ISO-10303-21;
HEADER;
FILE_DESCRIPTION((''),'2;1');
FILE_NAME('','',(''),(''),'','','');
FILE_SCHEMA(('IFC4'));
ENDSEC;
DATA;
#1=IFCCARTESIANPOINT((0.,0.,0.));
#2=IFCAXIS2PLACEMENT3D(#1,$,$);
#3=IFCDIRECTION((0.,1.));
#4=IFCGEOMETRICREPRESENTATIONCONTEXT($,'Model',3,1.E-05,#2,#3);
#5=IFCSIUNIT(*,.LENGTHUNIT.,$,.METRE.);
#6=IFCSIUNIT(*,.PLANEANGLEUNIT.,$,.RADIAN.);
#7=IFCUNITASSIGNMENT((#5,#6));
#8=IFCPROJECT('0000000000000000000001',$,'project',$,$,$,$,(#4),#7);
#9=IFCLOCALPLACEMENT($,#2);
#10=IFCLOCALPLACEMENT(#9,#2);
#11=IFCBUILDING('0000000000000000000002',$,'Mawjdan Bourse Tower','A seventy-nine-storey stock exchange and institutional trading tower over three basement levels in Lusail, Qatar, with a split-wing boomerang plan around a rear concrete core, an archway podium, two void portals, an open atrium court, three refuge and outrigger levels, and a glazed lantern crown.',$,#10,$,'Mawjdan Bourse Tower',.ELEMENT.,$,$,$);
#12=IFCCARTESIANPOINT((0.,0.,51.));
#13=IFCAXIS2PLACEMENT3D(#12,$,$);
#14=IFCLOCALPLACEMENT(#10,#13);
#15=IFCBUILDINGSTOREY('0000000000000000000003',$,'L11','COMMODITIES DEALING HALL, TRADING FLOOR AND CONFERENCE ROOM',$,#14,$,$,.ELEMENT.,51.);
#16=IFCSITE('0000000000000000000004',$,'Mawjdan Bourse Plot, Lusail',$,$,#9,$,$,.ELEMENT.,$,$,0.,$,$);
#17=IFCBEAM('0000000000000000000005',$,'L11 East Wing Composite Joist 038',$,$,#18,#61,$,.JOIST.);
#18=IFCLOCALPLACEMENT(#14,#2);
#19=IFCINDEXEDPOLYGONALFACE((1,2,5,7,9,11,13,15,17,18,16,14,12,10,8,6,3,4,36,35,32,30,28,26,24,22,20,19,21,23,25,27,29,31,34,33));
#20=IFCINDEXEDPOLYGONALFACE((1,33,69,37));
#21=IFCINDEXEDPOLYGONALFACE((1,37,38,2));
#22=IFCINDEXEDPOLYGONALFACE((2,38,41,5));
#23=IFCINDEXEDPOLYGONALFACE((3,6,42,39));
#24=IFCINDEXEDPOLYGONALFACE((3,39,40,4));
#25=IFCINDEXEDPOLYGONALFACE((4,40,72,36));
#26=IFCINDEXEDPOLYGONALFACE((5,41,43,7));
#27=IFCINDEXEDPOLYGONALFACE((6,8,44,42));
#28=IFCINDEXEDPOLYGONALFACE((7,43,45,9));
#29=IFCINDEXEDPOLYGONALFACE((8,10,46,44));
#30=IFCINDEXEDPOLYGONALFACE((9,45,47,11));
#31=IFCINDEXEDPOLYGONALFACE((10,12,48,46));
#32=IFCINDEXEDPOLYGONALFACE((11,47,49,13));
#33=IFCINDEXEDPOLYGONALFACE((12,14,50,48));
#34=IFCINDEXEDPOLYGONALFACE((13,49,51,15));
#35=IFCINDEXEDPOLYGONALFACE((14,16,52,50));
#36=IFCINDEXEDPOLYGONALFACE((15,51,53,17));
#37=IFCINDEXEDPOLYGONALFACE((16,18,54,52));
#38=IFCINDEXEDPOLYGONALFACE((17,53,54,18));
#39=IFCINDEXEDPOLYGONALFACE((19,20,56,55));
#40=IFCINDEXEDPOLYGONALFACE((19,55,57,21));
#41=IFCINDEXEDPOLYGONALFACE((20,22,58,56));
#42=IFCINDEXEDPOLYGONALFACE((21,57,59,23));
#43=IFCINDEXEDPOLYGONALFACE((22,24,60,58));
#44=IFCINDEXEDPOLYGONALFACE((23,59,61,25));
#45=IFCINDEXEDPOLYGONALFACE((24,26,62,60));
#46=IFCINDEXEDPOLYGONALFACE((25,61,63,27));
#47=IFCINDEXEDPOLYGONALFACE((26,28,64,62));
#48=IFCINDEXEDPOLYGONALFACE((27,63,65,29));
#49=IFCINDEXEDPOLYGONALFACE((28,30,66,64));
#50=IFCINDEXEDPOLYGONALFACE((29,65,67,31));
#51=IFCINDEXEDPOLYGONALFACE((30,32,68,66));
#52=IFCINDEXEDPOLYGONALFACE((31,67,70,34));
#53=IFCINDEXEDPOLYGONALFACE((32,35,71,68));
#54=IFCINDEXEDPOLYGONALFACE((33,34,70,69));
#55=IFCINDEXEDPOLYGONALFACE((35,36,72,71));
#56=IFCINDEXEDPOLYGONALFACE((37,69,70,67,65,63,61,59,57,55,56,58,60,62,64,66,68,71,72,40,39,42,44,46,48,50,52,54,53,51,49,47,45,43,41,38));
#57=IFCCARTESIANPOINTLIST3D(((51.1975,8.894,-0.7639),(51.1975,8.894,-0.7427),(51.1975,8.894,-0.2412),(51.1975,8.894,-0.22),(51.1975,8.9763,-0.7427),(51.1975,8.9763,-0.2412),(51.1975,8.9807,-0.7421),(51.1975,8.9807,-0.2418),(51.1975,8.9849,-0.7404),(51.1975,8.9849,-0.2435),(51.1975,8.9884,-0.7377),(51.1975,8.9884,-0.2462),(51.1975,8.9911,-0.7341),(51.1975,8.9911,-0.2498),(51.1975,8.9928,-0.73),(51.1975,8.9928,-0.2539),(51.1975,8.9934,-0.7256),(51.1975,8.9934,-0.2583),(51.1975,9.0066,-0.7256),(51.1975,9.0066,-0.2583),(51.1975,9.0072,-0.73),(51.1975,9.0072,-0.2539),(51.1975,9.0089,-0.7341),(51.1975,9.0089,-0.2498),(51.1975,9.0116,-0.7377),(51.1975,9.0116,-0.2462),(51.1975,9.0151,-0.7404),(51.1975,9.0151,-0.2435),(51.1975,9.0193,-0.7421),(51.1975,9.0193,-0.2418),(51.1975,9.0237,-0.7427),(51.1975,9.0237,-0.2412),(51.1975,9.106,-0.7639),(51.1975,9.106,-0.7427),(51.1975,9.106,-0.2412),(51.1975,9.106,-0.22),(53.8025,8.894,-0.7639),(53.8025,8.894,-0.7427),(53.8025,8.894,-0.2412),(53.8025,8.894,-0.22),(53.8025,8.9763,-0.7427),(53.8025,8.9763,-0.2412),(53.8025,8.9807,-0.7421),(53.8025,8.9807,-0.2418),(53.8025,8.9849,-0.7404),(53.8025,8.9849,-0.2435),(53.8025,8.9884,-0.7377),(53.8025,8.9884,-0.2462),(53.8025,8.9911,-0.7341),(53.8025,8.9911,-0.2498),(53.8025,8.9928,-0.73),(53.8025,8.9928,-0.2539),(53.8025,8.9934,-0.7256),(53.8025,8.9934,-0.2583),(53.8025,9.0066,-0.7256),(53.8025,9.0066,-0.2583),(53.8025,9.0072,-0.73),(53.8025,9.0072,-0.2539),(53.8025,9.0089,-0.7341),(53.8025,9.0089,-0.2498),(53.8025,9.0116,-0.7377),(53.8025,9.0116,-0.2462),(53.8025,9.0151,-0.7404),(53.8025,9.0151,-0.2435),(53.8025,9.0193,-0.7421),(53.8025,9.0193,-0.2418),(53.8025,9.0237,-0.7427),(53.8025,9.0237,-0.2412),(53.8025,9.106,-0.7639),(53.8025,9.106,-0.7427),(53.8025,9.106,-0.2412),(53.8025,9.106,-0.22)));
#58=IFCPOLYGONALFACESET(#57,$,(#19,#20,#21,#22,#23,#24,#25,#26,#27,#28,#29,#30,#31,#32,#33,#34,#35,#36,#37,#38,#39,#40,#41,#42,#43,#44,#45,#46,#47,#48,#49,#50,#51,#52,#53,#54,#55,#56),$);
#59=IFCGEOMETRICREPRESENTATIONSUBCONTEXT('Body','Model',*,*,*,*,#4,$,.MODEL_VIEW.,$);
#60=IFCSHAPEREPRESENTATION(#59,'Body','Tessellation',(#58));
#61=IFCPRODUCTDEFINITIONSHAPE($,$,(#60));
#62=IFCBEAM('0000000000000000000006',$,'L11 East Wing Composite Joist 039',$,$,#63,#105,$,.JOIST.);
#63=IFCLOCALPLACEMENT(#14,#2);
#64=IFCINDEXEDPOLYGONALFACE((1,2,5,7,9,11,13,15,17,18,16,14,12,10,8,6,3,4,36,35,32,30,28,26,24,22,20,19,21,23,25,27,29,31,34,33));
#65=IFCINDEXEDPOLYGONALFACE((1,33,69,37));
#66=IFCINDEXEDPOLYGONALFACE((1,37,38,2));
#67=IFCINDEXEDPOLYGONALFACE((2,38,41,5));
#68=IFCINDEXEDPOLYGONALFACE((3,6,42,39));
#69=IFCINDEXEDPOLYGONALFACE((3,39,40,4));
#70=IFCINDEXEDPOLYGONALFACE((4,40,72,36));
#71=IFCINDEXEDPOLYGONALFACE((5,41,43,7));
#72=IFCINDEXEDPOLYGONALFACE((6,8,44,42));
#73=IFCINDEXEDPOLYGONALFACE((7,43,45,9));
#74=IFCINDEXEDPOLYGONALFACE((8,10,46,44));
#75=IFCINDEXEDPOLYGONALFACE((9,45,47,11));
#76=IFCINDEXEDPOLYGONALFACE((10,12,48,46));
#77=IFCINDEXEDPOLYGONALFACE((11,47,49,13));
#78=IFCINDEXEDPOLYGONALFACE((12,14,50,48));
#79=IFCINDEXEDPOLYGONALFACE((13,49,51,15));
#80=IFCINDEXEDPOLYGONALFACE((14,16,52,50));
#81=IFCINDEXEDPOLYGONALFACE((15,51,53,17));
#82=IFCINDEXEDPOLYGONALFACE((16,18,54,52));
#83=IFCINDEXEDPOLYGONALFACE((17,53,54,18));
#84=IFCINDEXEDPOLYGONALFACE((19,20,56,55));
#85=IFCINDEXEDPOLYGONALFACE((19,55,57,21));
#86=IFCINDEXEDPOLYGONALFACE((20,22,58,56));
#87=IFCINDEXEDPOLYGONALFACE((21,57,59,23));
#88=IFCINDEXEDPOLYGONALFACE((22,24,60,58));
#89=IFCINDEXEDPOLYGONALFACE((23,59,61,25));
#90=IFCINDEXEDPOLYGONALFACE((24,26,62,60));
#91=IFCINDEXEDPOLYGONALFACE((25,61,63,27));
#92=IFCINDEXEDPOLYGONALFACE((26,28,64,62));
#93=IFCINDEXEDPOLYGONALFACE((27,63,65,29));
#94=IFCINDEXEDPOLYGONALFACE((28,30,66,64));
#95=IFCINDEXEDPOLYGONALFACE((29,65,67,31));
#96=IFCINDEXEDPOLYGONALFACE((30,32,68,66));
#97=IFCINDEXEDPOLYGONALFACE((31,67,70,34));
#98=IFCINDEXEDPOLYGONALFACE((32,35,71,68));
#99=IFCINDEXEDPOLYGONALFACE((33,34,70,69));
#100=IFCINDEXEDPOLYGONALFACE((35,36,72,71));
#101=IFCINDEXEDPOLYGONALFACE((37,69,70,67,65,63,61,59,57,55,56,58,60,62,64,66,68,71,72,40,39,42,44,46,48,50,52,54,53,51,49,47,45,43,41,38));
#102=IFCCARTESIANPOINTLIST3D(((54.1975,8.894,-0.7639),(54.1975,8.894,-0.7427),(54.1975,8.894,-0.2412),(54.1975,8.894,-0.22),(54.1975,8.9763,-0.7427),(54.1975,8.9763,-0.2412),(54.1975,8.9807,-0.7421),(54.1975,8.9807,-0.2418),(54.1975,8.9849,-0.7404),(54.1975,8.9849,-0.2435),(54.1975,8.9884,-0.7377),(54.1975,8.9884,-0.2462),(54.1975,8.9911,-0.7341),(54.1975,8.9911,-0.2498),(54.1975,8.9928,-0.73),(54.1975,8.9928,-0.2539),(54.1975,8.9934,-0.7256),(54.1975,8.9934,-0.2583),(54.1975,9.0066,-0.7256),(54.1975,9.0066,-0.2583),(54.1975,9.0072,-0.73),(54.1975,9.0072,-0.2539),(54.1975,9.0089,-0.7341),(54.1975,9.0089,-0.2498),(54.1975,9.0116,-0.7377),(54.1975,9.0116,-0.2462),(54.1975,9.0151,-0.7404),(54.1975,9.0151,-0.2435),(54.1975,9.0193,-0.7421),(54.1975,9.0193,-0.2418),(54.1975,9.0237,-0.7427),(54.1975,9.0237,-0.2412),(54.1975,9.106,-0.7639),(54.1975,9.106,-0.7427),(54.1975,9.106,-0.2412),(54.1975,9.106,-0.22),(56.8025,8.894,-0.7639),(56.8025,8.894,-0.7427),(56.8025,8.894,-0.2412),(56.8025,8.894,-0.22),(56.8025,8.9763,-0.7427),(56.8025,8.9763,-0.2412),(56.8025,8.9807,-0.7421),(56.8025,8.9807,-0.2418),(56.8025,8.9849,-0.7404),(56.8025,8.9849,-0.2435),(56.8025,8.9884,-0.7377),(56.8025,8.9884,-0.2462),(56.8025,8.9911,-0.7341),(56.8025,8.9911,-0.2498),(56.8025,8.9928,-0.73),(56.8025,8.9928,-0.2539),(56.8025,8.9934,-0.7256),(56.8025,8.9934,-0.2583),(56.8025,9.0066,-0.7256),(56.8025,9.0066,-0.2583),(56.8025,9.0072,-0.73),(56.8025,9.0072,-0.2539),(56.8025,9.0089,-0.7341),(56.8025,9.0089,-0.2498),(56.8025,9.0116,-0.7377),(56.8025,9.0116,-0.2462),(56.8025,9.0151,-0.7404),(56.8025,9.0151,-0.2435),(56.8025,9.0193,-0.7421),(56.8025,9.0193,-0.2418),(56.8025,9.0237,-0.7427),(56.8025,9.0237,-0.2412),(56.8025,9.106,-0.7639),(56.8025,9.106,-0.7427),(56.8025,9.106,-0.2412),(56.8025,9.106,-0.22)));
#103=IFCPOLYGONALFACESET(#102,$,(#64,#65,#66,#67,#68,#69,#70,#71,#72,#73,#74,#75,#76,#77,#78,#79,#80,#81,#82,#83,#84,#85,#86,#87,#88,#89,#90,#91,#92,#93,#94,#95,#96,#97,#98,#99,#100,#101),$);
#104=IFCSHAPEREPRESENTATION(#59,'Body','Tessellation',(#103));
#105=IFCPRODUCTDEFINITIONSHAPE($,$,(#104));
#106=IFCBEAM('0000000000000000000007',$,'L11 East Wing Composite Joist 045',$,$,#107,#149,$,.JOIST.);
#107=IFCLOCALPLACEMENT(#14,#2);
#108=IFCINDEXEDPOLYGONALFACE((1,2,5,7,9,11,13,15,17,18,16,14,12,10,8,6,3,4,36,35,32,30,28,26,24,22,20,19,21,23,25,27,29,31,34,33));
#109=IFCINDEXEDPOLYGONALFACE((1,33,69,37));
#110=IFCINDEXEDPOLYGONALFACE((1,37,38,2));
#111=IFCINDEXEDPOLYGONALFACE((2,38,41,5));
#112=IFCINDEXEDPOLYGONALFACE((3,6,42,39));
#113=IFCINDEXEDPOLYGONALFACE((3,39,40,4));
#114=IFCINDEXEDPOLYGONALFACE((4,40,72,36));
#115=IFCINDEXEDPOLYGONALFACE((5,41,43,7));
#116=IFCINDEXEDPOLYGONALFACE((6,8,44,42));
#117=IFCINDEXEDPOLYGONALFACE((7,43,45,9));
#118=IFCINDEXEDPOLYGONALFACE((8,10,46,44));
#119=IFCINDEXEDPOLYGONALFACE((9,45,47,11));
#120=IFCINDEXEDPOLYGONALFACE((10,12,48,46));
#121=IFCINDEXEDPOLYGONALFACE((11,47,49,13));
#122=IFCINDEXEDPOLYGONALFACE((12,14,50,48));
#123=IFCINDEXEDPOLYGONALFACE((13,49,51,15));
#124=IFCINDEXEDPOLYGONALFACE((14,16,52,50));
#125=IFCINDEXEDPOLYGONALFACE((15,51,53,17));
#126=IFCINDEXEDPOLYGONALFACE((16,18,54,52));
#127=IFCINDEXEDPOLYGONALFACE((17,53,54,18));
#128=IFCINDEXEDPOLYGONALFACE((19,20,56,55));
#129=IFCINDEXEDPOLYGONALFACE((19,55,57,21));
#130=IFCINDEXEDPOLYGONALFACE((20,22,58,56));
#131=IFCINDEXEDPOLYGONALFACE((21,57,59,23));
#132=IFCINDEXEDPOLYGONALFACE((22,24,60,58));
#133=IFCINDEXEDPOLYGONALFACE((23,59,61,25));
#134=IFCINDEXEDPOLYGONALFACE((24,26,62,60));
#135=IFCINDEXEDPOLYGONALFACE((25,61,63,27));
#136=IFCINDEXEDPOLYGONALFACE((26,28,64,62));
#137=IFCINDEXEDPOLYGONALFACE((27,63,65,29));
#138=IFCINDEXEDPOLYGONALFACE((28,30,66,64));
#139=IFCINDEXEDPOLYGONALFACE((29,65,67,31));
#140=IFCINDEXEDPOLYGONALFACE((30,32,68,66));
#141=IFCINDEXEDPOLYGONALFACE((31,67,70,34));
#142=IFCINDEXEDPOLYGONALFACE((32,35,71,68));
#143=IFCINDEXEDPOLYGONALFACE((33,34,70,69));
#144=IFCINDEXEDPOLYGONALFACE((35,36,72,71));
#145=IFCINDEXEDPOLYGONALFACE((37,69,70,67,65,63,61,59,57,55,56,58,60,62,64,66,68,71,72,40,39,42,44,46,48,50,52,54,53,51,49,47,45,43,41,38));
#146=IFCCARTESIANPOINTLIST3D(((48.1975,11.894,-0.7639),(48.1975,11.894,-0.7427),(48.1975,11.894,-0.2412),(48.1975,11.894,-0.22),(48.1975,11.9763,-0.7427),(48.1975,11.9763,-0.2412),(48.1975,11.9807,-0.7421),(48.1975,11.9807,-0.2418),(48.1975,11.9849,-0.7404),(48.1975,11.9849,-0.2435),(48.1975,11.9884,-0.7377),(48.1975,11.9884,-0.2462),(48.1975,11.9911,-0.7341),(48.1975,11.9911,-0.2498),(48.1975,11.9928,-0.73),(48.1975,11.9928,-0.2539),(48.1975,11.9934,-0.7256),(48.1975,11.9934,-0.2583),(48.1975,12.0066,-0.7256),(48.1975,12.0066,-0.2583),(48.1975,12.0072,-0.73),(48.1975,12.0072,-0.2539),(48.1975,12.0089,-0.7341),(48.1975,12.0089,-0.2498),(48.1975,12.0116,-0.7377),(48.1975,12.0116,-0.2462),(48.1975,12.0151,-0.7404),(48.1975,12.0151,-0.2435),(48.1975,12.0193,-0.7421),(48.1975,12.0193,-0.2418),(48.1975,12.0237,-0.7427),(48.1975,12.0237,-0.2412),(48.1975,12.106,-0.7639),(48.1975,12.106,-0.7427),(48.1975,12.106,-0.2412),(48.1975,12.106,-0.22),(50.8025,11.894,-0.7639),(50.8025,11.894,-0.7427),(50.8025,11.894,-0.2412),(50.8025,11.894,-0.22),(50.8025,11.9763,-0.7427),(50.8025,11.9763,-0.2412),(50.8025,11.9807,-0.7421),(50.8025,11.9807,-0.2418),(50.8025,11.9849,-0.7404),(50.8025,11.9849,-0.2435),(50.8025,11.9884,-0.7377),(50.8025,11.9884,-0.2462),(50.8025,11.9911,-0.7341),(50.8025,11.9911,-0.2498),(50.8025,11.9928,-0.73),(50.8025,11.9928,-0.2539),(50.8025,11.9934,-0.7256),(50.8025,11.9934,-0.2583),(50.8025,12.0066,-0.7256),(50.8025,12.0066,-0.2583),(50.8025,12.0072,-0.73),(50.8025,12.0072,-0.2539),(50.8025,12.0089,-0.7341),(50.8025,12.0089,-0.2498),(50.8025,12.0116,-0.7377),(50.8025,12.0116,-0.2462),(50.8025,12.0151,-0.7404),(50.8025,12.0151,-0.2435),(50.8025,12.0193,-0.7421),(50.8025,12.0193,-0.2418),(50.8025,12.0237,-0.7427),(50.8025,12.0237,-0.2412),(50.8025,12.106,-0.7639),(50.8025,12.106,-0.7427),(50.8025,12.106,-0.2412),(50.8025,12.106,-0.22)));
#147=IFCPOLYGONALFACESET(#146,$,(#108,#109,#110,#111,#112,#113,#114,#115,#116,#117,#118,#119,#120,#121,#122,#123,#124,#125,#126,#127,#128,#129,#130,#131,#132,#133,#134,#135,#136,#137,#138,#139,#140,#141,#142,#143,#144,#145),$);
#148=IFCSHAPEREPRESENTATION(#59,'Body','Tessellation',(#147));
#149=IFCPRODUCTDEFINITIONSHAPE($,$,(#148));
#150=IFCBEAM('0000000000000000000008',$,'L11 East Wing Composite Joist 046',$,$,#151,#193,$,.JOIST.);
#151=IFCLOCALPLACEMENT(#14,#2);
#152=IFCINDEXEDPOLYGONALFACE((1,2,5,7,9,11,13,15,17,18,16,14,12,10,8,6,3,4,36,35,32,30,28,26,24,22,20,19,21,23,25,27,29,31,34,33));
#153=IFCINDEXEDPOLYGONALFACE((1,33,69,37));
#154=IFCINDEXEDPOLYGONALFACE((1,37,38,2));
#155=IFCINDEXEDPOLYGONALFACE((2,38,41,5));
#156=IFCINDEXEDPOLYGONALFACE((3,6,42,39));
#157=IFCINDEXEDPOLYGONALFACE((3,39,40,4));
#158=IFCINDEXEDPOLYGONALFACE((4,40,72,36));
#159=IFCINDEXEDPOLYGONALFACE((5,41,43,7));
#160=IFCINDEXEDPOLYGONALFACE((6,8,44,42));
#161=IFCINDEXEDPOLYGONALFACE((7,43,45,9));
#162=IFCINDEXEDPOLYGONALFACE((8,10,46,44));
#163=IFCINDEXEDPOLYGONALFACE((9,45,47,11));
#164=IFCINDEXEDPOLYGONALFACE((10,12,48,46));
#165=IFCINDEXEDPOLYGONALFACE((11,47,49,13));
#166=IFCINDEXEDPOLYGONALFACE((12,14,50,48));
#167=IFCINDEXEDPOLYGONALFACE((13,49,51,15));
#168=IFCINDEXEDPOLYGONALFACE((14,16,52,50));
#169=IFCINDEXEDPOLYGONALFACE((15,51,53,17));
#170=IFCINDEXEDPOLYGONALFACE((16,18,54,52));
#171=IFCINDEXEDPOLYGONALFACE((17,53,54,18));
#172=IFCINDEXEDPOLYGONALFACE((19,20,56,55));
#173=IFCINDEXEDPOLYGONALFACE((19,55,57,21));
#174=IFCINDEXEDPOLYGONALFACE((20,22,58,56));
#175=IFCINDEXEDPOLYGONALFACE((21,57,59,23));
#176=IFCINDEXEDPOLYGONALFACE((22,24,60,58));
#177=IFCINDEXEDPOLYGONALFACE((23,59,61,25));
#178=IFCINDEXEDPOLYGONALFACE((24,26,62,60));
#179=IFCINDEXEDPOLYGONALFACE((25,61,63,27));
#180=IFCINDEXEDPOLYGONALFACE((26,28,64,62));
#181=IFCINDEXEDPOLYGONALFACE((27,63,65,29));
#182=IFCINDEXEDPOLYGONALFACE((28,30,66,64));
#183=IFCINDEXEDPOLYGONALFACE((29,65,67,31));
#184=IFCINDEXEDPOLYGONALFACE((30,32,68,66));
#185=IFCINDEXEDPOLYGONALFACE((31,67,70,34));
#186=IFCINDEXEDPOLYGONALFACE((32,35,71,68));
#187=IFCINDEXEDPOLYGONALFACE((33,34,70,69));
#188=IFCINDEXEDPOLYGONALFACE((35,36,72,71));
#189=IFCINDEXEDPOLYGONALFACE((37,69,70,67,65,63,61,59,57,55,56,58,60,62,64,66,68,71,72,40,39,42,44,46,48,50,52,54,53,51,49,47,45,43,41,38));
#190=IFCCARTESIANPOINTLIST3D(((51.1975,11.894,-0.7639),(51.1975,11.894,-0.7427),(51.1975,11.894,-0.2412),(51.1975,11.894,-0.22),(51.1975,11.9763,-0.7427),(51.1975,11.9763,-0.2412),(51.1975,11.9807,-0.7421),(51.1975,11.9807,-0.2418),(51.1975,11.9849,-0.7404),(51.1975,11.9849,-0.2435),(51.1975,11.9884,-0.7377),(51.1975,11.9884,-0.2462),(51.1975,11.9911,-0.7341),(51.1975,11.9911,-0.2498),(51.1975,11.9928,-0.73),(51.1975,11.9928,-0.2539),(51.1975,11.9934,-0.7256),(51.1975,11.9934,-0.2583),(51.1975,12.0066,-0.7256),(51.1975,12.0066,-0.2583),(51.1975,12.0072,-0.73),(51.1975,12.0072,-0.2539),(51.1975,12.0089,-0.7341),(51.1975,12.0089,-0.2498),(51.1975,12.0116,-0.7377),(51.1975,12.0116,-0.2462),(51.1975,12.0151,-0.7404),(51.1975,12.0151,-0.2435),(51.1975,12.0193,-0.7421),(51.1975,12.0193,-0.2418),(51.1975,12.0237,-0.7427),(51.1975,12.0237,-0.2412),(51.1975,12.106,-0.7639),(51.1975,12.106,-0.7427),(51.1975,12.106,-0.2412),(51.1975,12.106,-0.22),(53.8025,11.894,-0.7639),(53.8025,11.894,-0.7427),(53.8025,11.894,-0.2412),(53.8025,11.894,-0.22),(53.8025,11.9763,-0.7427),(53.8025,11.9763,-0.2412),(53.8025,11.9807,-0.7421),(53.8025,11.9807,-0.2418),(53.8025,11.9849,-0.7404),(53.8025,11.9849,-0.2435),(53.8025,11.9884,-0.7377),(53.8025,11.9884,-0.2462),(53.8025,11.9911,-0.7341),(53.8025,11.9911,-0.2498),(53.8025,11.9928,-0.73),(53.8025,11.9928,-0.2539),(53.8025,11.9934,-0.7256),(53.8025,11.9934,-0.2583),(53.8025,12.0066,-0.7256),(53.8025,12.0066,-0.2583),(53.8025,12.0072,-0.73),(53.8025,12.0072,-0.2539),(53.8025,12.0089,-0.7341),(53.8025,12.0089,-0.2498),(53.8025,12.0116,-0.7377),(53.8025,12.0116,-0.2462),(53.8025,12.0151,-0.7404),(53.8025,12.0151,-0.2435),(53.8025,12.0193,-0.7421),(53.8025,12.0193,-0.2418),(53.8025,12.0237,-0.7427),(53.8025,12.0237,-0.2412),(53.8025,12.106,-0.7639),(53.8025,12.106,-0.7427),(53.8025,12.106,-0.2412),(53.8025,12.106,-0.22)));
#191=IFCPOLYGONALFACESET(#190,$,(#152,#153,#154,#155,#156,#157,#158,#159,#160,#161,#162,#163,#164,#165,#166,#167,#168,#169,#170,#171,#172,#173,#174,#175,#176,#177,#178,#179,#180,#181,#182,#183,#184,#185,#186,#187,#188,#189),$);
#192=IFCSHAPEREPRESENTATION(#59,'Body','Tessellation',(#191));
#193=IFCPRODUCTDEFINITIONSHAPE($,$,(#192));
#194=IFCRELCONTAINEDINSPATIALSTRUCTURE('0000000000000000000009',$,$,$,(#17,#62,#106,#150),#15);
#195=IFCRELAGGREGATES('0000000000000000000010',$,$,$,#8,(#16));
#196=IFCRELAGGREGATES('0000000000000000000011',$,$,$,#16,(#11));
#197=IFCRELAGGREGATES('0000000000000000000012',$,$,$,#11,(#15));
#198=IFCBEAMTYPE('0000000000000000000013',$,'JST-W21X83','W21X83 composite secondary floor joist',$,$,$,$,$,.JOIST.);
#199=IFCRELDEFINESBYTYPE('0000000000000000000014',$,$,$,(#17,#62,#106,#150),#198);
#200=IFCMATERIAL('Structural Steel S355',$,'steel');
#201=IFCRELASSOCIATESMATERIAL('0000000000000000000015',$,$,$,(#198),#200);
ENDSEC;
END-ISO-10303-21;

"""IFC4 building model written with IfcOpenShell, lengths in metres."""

from ifc_helpers import new_model, si_unit, direction, frame, origin, origin_2d, place, context, subcontext, project, spatial, i_section, extrude, material, material_profile, profile_set, type_object, element, save


model = new_model("IFC4")

# Units and contexts
model_context = context("Model", 3, precision=1e-05, world=origin(), true_north=direction((0.0, 1.0)))
body_context = subcontext(model_context, "Body", "Model", "MODEL_VIEW")
ifc_project = project(units=[si_unit("LENGTHUNIT", "METRE"), si_unit("PLANEANGLEUNIT", "RADIAN")], contexts=[model_context])

# Site, building, storey
site_placement = place(None, origin())
site = spatial("IfcSite", under=ifc_project, at=site_placement, Name="Mawjdan Bourse Plot, Lusail", CompositionType="ELEMENT", RefElevation=0.0)
building_placement = place(site_placement, origin())
building = spatial("IfcBuilding", under=site, at=building_placement, Name="Mawjdan Bourse Tower", Description="A seventy-nine-storey stock exchange and institutional trading tower over three basement levels in Lusail, Qatar, with a split-wing boomerang plan around a rear concrete core, an archway podium, two void portals, an open atrium court, three refuge and outrigger levels, and a glazed lantern crown.", LongName="Mawjdan Bourse Tower", CompositionType="ELEMENT")
storey_placement = place(building_placement, frame((0.0, 0.0, 51.0)))
storey = spatial("IfcBuildingStorey", under=building, at=storey_placement, Name="L11", Description="COMMODITIES DEALING HALL, TRADING FLOOR AND CONFERENCE ROOM", CompositionType="ELEMENT", Elevation=51.0)

# Beams
ifc_material_1 = material(Name="Structural Steel S355", Category="steel")
ifc_material_profile_1 = material_profile(ifc_material_1, i_section(OverallWidth=0.2119, OverallDepth=0.5439, WebThickness=0.0132, FlangeThickness=0.0212, FilletRadius=0.0171, at=origin_2d()), Name="W21X83")
ifc_profile_set_1 = profile_set([ifc_material_profile_1], Name="Structural Steel S355")
beam_type_1 = type_object("IfcBeamType", Name="JST-W21X83", Description="W21X83 composite secondary floor joist", PredefinedType="JOIST", material=ifc_profile_set_1)
for number, where, z_axis, x_axis, name in (
    (1, (51.1975, 9.0, -0.4919), (1.0, 0.0, 0.0), (0.0, 1.0, 0.0), "L11 East Wing Composite Joist 038"),
    (2, (54.1975, 9.0, -0.4919), (1.0, 0.0, 0.0), (0.0, 1.0, 0.0), "L11 East Wing Composite Joist 039"),
    (3, (48.1975, 12.0, -0.4919), (1.0, 0.0, 0.0), (0.0, 1.0, 0.0), "L11 East Wing Composite Joist 045"),
    (4, (51.1975, 12.0, -0.4919), (1.0, 0.0, 0.0), (0.0, 1.0, 0.0), "L11 East Wing Composite Joist 046"),
):
    element("IfcBeam", number, at=place(storey_placement, frame(where, z_axis=z_axis, x_axis=x_axis)), inside=storey, type_object=beam_type_1, Name=name, PredefinedType="JOIST", context=body_context, shape_type="SweptSolid", body=[
        extrude(i_section(OverallWidth=0.2119, OverallDepth=0.5439, WebThickness=0.0132, FlangeThickness=0.0212, FilletRadius=0.0171, at=origin_2d()), origin(), (0.0, 0.0, 1.0), 2.605),
    ])

save(model, "model.ifc")
